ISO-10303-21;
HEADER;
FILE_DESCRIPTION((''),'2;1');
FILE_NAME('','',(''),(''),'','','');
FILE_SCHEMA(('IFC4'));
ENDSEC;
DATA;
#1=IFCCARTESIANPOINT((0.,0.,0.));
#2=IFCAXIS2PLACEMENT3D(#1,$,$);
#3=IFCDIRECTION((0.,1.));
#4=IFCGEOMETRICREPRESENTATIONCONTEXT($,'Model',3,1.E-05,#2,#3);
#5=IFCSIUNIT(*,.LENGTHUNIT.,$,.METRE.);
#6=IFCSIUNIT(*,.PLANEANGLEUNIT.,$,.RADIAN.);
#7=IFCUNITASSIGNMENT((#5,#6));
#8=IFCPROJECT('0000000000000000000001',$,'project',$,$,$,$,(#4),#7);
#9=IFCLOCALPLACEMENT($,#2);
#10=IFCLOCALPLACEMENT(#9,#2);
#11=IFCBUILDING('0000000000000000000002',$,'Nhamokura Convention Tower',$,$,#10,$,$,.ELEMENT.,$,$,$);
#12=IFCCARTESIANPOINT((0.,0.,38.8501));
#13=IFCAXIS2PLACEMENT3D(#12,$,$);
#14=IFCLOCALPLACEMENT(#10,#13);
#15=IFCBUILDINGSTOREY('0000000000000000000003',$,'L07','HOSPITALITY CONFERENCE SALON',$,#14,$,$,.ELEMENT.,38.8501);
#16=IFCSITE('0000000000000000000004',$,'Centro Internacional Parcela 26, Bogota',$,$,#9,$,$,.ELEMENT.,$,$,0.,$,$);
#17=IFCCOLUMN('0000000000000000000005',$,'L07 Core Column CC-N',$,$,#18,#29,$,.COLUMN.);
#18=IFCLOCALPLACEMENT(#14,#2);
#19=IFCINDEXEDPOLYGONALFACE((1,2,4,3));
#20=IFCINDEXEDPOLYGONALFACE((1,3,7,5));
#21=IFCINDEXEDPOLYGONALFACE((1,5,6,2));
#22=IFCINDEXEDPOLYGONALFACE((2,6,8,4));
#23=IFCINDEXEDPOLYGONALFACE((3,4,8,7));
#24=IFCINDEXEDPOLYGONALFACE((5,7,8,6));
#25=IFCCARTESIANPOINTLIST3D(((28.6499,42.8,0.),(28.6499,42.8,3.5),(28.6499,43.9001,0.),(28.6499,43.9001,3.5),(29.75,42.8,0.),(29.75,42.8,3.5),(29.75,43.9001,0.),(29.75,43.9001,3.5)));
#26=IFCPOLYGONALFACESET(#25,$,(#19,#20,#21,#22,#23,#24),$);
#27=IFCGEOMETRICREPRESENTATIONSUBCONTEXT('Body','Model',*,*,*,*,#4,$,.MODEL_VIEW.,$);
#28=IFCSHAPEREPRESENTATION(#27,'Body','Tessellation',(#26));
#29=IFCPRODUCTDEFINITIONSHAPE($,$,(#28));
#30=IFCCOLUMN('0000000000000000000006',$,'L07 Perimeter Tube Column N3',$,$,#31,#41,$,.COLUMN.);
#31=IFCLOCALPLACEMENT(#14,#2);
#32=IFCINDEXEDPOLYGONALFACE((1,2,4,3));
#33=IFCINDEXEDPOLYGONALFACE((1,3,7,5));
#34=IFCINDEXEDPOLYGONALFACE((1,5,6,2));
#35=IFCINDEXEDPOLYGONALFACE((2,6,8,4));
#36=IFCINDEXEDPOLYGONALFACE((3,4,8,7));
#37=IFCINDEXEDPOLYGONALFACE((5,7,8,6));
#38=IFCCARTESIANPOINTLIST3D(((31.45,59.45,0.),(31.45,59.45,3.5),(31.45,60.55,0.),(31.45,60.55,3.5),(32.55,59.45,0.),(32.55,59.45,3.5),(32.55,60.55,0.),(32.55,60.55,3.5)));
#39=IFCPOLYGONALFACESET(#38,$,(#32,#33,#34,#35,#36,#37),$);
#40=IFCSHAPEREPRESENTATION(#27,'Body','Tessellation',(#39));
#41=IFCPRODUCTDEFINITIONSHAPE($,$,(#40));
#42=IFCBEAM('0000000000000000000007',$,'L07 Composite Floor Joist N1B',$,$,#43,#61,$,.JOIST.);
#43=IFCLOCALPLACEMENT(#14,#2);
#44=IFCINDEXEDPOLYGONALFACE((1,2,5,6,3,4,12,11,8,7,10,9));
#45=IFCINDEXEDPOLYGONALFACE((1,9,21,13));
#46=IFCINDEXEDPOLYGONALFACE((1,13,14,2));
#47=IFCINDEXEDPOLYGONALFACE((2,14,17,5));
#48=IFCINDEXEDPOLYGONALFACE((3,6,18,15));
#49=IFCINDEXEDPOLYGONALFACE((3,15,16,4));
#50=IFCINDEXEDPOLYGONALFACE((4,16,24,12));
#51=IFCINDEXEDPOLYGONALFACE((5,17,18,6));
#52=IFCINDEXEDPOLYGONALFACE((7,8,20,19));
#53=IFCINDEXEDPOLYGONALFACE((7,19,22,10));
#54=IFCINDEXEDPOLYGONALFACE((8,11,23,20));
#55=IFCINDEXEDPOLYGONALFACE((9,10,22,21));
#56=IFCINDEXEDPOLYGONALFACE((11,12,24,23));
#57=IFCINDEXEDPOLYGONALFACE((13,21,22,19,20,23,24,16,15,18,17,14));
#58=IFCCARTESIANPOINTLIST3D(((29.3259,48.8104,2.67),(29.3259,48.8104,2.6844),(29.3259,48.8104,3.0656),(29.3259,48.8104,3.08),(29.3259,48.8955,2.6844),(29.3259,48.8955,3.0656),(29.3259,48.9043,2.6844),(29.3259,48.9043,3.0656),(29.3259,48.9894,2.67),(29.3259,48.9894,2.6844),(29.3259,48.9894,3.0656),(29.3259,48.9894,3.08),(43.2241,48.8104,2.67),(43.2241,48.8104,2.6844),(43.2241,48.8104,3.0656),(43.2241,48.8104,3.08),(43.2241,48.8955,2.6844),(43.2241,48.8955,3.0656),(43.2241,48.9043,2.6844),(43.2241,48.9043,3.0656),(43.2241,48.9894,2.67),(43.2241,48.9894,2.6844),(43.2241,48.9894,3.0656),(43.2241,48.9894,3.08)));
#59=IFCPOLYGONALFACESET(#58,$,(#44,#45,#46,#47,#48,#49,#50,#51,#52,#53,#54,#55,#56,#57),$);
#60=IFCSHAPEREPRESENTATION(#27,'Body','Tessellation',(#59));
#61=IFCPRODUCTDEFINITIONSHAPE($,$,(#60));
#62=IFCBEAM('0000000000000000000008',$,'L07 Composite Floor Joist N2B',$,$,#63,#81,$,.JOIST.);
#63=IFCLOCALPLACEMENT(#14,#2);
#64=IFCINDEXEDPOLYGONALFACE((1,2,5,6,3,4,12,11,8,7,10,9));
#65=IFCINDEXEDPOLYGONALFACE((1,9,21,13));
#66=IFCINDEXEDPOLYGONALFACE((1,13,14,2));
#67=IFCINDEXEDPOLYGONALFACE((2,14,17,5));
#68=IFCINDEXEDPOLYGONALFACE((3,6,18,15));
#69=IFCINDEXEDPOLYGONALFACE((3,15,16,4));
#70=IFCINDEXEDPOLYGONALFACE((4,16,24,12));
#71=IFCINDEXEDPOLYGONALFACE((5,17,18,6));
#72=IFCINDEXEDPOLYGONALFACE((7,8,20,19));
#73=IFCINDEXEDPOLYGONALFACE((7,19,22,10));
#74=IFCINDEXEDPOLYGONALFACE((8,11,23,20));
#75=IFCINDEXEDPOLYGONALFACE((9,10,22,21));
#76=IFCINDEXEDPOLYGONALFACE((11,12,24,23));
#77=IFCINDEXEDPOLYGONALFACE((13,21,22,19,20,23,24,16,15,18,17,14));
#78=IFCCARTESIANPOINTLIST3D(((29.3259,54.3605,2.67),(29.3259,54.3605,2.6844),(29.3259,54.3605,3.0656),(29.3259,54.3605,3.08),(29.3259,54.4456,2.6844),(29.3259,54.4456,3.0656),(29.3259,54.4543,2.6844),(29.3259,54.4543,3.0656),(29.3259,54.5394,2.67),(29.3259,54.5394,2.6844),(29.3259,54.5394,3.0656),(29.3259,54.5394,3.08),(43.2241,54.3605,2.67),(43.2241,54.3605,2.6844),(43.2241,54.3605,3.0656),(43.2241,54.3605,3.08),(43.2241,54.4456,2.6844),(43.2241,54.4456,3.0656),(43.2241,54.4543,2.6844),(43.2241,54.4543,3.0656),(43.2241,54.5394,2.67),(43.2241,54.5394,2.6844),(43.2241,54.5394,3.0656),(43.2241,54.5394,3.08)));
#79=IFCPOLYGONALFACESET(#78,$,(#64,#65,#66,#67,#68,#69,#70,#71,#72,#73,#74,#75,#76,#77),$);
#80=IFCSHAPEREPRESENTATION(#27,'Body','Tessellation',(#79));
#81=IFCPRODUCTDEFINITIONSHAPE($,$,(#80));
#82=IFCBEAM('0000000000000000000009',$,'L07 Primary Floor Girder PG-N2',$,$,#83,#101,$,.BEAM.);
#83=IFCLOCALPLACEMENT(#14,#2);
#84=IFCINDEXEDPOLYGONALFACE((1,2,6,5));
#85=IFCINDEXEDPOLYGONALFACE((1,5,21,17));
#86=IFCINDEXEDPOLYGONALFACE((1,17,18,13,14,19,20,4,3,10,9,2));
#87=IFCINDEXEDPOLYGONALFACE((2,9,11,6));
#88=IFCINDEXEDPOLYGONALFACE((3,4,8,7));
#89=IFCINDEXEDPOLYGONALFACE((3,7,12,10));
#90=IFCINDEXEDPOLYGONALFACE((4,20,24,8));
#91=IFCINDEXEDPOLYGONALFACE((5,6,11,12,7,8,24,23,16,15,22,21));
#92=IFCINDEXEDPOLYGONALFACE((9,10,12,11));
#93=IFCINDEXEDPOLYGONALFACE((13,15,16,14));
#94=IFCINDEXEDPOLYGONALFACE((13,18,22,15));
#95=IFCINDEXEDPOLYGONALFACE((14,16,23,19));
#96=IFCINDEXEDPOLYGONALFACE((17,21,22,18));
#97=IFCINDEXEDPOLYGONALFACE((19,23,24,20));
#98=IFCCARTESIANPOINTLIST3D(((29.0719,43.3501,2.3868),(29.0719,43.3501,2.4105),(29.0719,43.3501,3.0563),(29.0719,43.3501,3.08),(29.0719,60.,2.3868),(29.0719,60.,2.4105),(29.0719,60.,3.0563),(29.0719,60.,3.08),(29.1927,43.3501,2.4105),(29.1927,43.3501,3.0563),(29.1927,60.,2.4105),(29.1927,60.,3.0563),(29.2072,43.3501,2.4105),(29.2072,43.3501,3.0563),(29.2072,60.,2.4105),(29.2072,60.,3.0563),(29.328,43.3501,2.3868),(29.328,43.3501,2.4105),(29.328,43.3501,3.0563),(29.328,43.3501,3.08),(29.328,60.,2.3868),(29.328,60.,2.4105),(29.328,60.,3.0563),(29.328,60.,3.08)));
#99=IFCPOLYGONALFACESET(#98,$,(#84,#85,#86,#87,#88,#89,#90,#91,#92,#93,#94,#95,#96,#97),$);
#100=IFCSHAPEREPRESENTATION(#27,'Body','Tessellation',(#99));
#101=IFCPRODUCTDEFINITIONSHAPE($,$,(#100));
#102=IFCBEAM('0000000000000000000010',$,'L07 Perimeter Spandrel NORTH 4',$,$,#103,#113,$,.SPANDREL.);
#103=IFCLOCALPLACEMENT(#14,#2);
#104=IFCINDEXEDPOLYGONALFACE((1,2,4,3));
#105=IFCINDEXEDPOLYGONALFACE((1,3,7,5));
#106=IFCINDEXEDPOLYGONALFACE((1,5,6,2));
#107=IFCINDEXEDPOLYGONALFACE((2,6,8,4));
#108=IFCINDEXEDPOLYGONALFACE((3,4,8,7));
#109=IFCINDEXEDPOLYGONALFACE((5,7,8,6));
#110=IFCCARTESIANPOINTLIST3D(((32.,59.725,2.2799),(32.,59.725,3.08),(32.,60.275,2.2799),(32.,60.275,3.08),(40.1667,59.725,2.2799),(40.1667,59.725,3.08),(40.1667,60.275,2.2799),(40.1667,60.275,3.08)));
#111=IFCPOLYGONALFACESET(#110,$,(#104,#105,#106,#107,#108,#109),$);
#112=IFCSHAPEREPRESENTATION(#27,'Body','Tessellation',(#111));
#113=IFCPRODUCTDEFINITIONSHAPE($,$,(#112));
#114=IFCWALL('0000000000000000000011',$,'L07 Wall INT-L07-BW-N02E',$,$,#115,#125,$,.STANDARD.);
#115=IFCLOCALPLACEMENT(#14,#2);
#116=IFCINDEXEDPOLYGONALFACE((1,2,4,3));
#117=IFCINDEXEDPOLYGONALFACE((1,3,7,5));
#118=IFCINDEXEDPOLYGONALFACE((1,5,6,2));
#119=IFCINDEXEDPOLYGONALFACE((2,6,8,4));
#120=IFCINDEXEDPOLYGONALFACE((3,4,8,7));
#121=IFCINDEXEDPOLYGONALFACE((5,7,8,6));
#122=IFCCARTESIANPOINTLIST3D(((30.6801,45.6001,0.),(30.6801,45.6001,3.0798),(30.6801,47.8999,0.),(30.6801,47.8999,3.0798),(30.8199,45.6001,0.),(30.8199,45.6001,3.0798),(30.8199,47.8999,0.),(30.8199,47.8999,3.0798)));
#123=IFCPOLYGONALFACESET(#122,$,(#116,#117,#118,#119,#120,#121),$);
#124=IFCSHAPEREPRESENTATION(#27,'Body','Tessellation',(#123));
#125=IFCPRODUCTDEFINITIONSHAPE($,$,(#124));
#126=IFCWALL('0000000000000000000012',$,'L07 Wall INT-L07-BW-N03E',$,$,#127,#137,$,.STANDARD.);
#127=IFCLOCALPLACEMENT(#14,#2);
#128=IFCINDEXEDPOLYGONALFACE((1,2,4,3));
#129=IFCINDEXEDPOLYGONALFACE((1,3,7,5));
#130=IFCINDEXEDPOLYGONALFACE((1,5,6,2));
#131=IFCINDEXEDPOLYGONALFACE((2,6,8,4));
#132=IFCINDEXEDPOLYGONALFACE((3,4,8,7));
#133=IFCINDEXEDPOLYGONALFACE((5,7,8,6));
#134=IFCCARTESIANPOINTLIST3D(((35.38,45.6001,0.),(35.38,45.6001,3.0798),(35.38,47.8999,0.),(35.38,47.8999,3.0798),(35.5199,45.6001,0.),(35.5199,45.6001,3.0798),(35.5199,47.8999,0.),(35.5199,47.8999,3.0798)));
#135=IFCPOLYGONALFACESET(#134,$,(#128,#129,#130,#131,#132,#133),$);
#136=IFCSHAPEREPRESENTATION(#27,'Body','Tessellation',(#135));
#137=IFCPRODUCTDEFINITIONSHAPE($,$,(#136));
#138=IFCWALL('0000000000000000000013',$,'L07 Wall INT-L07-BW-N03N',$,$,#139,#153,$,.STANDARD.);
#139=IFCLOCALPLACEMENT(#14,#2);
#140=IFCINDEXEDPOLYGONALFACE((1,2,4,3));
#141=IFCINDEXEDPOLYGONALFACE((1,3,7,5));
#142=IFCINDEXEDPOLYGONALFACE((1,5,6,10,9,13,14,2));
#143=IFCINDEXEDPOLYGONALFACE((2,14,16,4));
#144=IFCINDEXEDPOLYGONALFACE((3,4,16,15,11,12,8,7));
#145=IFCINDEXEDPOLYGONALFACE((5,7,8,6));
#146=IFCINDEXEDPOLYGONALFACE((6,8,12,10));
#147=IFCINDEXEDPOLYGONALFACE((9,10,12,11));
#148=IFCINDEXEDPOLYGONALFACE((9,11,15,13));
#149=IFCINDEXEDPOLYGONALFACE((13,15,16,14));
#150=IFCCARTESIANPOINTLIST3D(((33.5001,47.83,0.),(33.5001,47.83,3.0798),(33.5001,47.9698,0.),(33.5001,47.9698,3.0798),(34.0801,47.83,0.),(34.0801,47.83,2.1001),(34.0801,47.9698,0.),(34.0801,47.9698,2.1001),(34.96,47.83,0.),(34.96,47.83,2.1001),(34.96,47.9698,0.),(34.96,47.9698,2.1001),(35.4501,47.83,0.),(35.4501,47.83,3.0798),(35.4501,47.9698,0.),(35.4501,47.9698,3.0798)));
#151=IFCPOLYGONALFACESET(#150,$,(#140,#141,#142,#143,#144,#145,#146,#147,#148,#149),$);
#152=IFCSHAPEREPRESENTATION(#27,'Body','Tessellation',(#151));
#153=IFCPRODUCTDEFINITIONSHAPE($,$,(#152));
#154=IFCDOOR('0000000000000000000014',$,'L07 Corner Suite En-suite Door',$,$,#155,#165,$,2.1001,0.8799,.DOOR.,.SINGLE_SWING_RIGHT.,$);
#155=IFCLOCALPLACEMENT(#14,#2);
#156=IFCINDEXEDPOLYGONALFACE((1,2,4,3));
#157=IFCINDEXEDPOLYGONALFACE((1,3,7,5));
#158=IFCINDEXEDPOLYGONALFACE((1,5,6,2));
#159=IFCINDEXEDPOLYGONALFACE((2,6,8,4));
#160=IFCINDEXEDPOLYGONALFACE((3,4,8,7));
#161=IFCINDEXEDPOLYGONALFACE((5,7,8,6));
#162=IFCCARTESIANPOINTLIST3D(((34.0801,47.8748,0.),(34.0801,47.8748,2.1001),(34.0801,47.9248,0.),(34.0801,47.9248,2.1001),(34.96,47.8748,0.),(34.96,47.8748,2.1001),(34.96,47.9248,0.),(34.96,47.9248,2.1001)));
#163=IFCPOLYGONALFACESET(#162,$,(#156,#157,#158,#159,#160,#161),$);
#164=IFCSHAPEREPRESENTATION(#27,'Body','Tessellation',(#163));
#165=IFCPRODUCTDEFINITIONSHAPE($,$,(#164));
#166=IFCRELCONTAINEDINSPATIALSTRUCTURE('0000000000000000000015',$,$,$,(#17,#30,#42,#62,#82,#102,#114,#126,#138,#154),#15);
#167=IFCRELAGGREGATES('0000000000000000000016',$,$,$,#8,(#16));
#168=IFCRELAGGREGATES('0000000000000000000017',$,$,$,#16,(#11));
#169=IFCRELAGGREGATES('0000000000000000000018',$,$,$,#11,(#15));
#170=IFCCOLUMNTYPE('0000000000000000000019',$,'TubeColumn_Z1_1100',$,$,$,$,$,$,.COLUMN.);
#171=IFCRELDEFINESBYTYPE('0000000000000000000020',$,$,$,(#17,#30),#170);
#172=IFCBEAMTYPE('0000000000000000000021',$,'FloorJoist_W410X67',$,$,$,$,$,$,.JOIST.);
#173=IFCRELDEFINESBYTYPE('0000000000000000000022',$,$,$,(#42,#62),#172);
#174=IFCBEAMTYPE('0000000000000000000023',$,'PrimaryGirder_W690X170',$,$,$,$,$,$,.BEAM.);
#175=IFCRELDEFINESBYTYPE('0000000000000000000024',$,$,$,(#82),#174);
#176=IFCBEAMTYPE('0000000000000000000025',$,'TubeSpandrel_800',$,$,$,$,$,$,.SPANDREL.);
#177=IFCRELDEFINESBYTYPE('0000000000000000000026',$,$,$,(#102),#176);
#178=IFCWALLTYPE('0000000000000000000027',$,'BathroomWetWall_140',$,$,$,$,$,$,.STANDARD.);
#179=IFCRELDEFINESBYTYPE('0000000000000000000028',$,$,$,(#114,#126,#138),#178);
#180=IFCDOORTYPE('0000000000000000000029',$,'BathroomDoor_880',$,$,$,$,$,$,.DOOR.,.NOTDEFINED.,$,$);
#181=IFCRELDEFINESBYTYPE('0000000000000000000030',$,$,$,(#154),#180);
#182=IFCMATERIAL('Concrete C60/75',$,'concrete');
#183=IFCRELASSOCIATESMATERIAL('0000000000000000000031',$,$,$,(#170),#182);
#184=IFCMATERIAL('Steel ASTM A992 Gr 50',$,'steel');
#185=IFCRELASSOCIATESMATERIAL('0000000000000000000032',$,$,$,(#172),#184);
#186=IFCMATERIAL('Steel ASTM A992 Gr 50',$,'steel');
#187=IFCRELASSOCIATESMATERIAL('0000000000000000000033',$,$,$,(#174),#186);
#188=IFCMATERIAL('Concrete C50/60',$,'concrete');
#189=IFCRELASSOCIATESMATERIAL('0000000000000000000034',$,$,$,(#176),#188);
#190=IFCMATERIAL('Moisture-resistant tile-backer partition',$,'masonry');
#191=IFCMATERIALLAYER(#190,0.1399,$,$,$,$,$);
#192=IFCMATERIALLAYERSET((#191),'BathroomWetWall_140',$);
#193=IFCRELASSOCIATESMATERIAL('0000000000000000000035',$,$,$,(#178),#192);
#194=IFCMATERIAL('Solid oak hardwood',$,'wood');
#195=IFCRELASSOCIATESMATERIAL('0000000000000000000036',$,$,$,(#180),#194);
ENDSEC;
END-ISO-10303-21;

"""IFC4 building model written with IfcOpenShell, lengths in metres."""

from ifc_helpers import new_model, si_unit, direction, frame, frame_2d, origin, origin_2d, place, context, subcontext, project, spatial, rectangle, i_section, extrude, material, layer, layer_set, material_profile, profile_set, type_object, element, fill, save


model = new_model("IFC4")

# Units and contexts
model_context = context("Model", 3, precision=1e-05, world=origin(), true_north=direction((0.0, 1.0)))
body_context = subcontext(model_context, "Body", "Model", "MODEL_VIEW")
ifc_project = project(units=[si_unit("LENGTHUNIT", "METRE"), si_unit("PLANEANGLEUNIT", "RADIAN")], contexts=[model_context])

# Site, building, storey
site_placement = place(None, origin())
site = spatial("IfcSite", under=ifc_project, at=site_placement, Name="Centro Internacional Parcela 26, Bogota", CompositionType="ELEMENT", RefElevation=0.0)
building_placement = place(site_placement, origin())
building = spatial("IfcBuilding", under=site, at=building_placement, Name="Nhamokura Convention Tower", CompositionType="ELEMENT")
storey_placement = place(building_placement, frame((0.0, 0.0, 38.8501)))
storey = spatial("IfcBuildingStorey", under=building, at=storey_placement, Name="L07", Description="HOSPITALITY CONFERENCE SALON", CompositionType="ELEMENT", Elevation=38.8501)

# Columns
ifc_material_1 = material(Name="Concrete C60/75", Category="concrete")
ifc_material_profile_1 = material_profile(ifc_material_1, rectangle(XDim=1.1001, YDim=1.1001, at=origin_2d()))
ifc_profile_set_1 = profile_set([ifc_material_profile_1], Name="Concrete C60/75")
column_type = type_object("IfcColumnType", Name="TubeColumn_Z1_1100", PredefinedType="COLUMN", material=ifc_profile_set_1)
for number, where, z_axis, x_axis, name in (
    (1, (29.2, 43.3501, 0.0), (0.0, 0.0, 1.0), (1.0, 0.0, 0.0), "L07 Core Column CC-N"),
    (2, (32.0, 60.0, 0.0), (0.0, 0.0, 1.0), (1.0, 0.0, 0.0), "L07 Perimeter Tube Column N3"),
):
    element("IfcColumn", number, at=place(storey_placement, frame(where, z_axis=z_axis, x_axis=x_axis)), inside=storey, type_object=column_type, Name=name, PredefinedType="COLUMN", context=body_context, shape_type="SweptSolid", body=[
        extrude(rectangle(XDim=1.1001, YDim=1.1001, at=origin_2d()), origin(), (0.0, 0.0, 1.0), 3.5),
    ])

# Beams
ifc_material_2 = material(Name="Steel ASTM A992 Gr 50", Category="steel")
ifc_material_profile_2 = material_profile(ifc_material_2, i_section(OverallWidth=0.179, OverallDepth=0.4099, WebThickness=0.0088, FlangeThickness=0.0144, at=origin_2d()))
ifc_profile_set_2 = profile_set([ifc_material_profile_2], Name="Steel ASTM A992 Gr 50")
beam_type_1 = type_object("IfcBeamType", Name="FloorJoist_W410X67", PredefinedType="JOIST", material=ifc_profile_set_2)
for number, where, z_axis, x_axis, name in (
    (3, (29.3259, 48.8999, 2.875), (1.0, 0.0, 0.0), (0.0, 1.0, 0.0), "L07 Composite Floor Joist N1B"),
    (4, (29.3259, 54.45, 2.875), (1.0, 0.0, 0.0), (0.0, 1.0, 0.0), "L07 Composite Floor Joist N2B"),
):
    element("IfcBeam", number, at=place(storey_placement, frame(where, z_axis=z_axis, x_axis=x_axis)), inside=storey, type_object=beam_type_1, Name=name, PredefinedType="JOIST", context=body_context, shape_type="SweptSolid", body=[
        extrude(i_section(OverallWidth=0.179, OverallDepth=0.4099, WebThickness=0.0088, FlangeThickness=0.0144, at=origin_2d()), origin(), (0.0, 0.0, 1.0), 13.8982),
    ])
ifc_material_3 = material(Name="Steel ASTM A992 Gr 50", Category="steel")
ifc_material_profile_3 = material_profile(ifc_material_3, i_section(OverallWidth=0.2561, OverallDepth=0.6931, WebThickness=0.0144, FlangeThickness=0.0237, at=origin_2d()))
ifc_profile_set_3 = profile_set([ifc_material_profile_3], Name="Steel ASTM A992 Gr 50")
beam_type_2 = type_object("IfcBeamType", Name="PrimaryGirder_W690X170", PredefinedType="BEAM", material=ifc_profile_set_3)
beam_1_placement = place(storey_placement, frame((29.2, 43.3501, 2.7334), z_axis=(0.0, 1.0, 0.0), x_axis=(-1.0, 0.0, 0.0)))
element("IfcBeam", 5, at=beam_1_placement, inside=storey, type_object=beam_type_2, Name="L07 Primary Floor Girder PG-N2", PredefinedType="BEAM", context=body_context, shape_type="SweptSolid", body=[
    extrude(i_section(OverallWidth=0.2561, OverallDepth=0.6931, WebThickness=0.0144, FlangeThickness=0.0237, at=origin_2d()), origin(), (0.0, 0.0, 1.0), 16.6499),
])
ifc_material_4 = material(Name="Concrete C50/60", Category="concrete")
ifc_material_profile_4 = material_profile(ifc_material_4, rectangle(XDim=0.55, YDim=0.8, at=origin_2d()))
ifc_profile_set_4 = profile_set([ifc_material_profile_4], Name="Concrete C50/60")
beam_type_3 = type_object("IfcBeamType", Name="TubeSpandrel_800", PredefinedType="SPANDREL", material=ifc_profile_set_4)
beam_2_placement = place(storey_placement, frame((32.0, 60.0, 2.6799), z_axis=(1.0, 0.0, 0.0), x_axis=(0.0, 1.0, 0.0)))
element("IfcBeam", 6, at=beam_2_placement, inside=storey, type_object=beam_type_3, Name="L07 Perimeter Spandrel NORTH 4", PredefinedType="SPANDREL", context=body_context, shape_type="SweptSolid", body=[
    extrude(rectangle(XDim=0.55, YDim=0.8, at=origin_2d()), origin(), (0.0, 0.0, 1.0), 8.1667),
])

# Walls
ifc_material_5 = material(Name="Moisture-resistant tile-backer partition", Category="masonry")
ifc_layer_1 = layer(ifc_material_5, 0.1399)
ifc_layer_set_1 = layer_set([ifc_layer_1], Name="BathroomWetWall_140")
wall_type_1 = type_object("IfcWallType", Name="BathroomWetWall_140", PredefinedType="STANDARD", material=ifc_layer_set_1)
for number, where, z_axis, x_axis, name in (
    (7, (30.75, 45.6001, 0.0), (0.0, 0.0, 1.0), (0.0, 1.0, 0.0), "L07 Wall INT-L07-BW-N02E"),
    (8, (35.45, 45.6001, 0.0), (0.0, 0.0, 1.0), (0.0, 1.0, 0.0), "L07 Wall INT-L07-BW-N03E"),
):
    element("IfcWall", number, at=place(storey_placement, frame(where, z_axis=z_axis, x_axis=x_axis)), inside=storey, type_object=wall_type_1, Name=name, PredefinedType="STANDARD", context=body_context, shape_type="SweptSolid", body=[
        extrude(rectangle(XDim=2.2998, YDim=0.1399, at=frame_2d((1.1499, 0.0))), origin(), (0.0, 0.0, 1.0), 3.0798),
    ])

# Wall, opening, door
wall_1_placement = place(storey_placement, frame((33.5, 47.8999, 0.0), z_axis=(0.0, 0.0, 1.0), x_axis=(1.0, 0.0, 0.0)))
wall_1 = element("IfcWall", 9, at=wall_1_placement, inside=storey, type_object=wall_type_1, Name="L07 Wall INT-L07-BW-N03N", PredefinedType="STANDARD", context=body_context, shape_type="SweptSolid", body=[
    extrude(rectangle(XDim=1.95, YDim=0.1399, at=frame_2d((0.9751, 0.0))), origin(), (0.0, 0.0, 1.0), 3.0798),
])
opening_1_placement = place(wall_1_placement, frame((0.5801, 0.0, 0.0)))
opening_1 = element("IfcOpeningElement", 10, at=opening_1_placement, cuts=wall_1, PredefinedType="OPENING", context=body_context, shape_type="SweptSolid", body=[
    extrude(rectangle(XDim=0.8799, YDim=2.1001, at=frame_2d((0.4399, 1.05))), frame((0.0, 0.0798, 0.0), z_axis=(0.0, -1.0, 0.0), x_axis=(1.0, 0.0, 0.0)), (0.0, 0.0, 1.0), 0.1599),
])
ifc_material_6 = material(Name="Solid oak hardwood", Category="wood")
door_type_1 = type_object("IfcDoorType", Name="BathroomDoor_880", OperationType="NOTDEFINED", PredefinedType="DOOR", material=ifc_material_6)
door_1_placement = place(opening_1_placement, origin())
door_1 = element("IfcDoor", 11, at=door_1_placement, inside=storey, type_object=door_type_1, Name="L07 Corner Suite En-suite Door", OperationType="SINGLE_SWING_RIGHT", OverallHeight=2.1001, OverallWidth=0.8799, PredefinedType="DOOR", context=body_context, shape_type="SweptSolid", body=[
    extrude(rectangle(XDim=0.8799, YDim=2.1001, at=frame_2d((0.4399, 1.05))), frame((0.0, 0.0249, 0.0), z_axis=(0.0, -1.0, 0.0), x_axis=(1.0, 0.0, 0.0)), (0.0, 0.0, 1.0), 0.05),
])
fill(opening_1, door_1)

save(model, "model.ifc")
